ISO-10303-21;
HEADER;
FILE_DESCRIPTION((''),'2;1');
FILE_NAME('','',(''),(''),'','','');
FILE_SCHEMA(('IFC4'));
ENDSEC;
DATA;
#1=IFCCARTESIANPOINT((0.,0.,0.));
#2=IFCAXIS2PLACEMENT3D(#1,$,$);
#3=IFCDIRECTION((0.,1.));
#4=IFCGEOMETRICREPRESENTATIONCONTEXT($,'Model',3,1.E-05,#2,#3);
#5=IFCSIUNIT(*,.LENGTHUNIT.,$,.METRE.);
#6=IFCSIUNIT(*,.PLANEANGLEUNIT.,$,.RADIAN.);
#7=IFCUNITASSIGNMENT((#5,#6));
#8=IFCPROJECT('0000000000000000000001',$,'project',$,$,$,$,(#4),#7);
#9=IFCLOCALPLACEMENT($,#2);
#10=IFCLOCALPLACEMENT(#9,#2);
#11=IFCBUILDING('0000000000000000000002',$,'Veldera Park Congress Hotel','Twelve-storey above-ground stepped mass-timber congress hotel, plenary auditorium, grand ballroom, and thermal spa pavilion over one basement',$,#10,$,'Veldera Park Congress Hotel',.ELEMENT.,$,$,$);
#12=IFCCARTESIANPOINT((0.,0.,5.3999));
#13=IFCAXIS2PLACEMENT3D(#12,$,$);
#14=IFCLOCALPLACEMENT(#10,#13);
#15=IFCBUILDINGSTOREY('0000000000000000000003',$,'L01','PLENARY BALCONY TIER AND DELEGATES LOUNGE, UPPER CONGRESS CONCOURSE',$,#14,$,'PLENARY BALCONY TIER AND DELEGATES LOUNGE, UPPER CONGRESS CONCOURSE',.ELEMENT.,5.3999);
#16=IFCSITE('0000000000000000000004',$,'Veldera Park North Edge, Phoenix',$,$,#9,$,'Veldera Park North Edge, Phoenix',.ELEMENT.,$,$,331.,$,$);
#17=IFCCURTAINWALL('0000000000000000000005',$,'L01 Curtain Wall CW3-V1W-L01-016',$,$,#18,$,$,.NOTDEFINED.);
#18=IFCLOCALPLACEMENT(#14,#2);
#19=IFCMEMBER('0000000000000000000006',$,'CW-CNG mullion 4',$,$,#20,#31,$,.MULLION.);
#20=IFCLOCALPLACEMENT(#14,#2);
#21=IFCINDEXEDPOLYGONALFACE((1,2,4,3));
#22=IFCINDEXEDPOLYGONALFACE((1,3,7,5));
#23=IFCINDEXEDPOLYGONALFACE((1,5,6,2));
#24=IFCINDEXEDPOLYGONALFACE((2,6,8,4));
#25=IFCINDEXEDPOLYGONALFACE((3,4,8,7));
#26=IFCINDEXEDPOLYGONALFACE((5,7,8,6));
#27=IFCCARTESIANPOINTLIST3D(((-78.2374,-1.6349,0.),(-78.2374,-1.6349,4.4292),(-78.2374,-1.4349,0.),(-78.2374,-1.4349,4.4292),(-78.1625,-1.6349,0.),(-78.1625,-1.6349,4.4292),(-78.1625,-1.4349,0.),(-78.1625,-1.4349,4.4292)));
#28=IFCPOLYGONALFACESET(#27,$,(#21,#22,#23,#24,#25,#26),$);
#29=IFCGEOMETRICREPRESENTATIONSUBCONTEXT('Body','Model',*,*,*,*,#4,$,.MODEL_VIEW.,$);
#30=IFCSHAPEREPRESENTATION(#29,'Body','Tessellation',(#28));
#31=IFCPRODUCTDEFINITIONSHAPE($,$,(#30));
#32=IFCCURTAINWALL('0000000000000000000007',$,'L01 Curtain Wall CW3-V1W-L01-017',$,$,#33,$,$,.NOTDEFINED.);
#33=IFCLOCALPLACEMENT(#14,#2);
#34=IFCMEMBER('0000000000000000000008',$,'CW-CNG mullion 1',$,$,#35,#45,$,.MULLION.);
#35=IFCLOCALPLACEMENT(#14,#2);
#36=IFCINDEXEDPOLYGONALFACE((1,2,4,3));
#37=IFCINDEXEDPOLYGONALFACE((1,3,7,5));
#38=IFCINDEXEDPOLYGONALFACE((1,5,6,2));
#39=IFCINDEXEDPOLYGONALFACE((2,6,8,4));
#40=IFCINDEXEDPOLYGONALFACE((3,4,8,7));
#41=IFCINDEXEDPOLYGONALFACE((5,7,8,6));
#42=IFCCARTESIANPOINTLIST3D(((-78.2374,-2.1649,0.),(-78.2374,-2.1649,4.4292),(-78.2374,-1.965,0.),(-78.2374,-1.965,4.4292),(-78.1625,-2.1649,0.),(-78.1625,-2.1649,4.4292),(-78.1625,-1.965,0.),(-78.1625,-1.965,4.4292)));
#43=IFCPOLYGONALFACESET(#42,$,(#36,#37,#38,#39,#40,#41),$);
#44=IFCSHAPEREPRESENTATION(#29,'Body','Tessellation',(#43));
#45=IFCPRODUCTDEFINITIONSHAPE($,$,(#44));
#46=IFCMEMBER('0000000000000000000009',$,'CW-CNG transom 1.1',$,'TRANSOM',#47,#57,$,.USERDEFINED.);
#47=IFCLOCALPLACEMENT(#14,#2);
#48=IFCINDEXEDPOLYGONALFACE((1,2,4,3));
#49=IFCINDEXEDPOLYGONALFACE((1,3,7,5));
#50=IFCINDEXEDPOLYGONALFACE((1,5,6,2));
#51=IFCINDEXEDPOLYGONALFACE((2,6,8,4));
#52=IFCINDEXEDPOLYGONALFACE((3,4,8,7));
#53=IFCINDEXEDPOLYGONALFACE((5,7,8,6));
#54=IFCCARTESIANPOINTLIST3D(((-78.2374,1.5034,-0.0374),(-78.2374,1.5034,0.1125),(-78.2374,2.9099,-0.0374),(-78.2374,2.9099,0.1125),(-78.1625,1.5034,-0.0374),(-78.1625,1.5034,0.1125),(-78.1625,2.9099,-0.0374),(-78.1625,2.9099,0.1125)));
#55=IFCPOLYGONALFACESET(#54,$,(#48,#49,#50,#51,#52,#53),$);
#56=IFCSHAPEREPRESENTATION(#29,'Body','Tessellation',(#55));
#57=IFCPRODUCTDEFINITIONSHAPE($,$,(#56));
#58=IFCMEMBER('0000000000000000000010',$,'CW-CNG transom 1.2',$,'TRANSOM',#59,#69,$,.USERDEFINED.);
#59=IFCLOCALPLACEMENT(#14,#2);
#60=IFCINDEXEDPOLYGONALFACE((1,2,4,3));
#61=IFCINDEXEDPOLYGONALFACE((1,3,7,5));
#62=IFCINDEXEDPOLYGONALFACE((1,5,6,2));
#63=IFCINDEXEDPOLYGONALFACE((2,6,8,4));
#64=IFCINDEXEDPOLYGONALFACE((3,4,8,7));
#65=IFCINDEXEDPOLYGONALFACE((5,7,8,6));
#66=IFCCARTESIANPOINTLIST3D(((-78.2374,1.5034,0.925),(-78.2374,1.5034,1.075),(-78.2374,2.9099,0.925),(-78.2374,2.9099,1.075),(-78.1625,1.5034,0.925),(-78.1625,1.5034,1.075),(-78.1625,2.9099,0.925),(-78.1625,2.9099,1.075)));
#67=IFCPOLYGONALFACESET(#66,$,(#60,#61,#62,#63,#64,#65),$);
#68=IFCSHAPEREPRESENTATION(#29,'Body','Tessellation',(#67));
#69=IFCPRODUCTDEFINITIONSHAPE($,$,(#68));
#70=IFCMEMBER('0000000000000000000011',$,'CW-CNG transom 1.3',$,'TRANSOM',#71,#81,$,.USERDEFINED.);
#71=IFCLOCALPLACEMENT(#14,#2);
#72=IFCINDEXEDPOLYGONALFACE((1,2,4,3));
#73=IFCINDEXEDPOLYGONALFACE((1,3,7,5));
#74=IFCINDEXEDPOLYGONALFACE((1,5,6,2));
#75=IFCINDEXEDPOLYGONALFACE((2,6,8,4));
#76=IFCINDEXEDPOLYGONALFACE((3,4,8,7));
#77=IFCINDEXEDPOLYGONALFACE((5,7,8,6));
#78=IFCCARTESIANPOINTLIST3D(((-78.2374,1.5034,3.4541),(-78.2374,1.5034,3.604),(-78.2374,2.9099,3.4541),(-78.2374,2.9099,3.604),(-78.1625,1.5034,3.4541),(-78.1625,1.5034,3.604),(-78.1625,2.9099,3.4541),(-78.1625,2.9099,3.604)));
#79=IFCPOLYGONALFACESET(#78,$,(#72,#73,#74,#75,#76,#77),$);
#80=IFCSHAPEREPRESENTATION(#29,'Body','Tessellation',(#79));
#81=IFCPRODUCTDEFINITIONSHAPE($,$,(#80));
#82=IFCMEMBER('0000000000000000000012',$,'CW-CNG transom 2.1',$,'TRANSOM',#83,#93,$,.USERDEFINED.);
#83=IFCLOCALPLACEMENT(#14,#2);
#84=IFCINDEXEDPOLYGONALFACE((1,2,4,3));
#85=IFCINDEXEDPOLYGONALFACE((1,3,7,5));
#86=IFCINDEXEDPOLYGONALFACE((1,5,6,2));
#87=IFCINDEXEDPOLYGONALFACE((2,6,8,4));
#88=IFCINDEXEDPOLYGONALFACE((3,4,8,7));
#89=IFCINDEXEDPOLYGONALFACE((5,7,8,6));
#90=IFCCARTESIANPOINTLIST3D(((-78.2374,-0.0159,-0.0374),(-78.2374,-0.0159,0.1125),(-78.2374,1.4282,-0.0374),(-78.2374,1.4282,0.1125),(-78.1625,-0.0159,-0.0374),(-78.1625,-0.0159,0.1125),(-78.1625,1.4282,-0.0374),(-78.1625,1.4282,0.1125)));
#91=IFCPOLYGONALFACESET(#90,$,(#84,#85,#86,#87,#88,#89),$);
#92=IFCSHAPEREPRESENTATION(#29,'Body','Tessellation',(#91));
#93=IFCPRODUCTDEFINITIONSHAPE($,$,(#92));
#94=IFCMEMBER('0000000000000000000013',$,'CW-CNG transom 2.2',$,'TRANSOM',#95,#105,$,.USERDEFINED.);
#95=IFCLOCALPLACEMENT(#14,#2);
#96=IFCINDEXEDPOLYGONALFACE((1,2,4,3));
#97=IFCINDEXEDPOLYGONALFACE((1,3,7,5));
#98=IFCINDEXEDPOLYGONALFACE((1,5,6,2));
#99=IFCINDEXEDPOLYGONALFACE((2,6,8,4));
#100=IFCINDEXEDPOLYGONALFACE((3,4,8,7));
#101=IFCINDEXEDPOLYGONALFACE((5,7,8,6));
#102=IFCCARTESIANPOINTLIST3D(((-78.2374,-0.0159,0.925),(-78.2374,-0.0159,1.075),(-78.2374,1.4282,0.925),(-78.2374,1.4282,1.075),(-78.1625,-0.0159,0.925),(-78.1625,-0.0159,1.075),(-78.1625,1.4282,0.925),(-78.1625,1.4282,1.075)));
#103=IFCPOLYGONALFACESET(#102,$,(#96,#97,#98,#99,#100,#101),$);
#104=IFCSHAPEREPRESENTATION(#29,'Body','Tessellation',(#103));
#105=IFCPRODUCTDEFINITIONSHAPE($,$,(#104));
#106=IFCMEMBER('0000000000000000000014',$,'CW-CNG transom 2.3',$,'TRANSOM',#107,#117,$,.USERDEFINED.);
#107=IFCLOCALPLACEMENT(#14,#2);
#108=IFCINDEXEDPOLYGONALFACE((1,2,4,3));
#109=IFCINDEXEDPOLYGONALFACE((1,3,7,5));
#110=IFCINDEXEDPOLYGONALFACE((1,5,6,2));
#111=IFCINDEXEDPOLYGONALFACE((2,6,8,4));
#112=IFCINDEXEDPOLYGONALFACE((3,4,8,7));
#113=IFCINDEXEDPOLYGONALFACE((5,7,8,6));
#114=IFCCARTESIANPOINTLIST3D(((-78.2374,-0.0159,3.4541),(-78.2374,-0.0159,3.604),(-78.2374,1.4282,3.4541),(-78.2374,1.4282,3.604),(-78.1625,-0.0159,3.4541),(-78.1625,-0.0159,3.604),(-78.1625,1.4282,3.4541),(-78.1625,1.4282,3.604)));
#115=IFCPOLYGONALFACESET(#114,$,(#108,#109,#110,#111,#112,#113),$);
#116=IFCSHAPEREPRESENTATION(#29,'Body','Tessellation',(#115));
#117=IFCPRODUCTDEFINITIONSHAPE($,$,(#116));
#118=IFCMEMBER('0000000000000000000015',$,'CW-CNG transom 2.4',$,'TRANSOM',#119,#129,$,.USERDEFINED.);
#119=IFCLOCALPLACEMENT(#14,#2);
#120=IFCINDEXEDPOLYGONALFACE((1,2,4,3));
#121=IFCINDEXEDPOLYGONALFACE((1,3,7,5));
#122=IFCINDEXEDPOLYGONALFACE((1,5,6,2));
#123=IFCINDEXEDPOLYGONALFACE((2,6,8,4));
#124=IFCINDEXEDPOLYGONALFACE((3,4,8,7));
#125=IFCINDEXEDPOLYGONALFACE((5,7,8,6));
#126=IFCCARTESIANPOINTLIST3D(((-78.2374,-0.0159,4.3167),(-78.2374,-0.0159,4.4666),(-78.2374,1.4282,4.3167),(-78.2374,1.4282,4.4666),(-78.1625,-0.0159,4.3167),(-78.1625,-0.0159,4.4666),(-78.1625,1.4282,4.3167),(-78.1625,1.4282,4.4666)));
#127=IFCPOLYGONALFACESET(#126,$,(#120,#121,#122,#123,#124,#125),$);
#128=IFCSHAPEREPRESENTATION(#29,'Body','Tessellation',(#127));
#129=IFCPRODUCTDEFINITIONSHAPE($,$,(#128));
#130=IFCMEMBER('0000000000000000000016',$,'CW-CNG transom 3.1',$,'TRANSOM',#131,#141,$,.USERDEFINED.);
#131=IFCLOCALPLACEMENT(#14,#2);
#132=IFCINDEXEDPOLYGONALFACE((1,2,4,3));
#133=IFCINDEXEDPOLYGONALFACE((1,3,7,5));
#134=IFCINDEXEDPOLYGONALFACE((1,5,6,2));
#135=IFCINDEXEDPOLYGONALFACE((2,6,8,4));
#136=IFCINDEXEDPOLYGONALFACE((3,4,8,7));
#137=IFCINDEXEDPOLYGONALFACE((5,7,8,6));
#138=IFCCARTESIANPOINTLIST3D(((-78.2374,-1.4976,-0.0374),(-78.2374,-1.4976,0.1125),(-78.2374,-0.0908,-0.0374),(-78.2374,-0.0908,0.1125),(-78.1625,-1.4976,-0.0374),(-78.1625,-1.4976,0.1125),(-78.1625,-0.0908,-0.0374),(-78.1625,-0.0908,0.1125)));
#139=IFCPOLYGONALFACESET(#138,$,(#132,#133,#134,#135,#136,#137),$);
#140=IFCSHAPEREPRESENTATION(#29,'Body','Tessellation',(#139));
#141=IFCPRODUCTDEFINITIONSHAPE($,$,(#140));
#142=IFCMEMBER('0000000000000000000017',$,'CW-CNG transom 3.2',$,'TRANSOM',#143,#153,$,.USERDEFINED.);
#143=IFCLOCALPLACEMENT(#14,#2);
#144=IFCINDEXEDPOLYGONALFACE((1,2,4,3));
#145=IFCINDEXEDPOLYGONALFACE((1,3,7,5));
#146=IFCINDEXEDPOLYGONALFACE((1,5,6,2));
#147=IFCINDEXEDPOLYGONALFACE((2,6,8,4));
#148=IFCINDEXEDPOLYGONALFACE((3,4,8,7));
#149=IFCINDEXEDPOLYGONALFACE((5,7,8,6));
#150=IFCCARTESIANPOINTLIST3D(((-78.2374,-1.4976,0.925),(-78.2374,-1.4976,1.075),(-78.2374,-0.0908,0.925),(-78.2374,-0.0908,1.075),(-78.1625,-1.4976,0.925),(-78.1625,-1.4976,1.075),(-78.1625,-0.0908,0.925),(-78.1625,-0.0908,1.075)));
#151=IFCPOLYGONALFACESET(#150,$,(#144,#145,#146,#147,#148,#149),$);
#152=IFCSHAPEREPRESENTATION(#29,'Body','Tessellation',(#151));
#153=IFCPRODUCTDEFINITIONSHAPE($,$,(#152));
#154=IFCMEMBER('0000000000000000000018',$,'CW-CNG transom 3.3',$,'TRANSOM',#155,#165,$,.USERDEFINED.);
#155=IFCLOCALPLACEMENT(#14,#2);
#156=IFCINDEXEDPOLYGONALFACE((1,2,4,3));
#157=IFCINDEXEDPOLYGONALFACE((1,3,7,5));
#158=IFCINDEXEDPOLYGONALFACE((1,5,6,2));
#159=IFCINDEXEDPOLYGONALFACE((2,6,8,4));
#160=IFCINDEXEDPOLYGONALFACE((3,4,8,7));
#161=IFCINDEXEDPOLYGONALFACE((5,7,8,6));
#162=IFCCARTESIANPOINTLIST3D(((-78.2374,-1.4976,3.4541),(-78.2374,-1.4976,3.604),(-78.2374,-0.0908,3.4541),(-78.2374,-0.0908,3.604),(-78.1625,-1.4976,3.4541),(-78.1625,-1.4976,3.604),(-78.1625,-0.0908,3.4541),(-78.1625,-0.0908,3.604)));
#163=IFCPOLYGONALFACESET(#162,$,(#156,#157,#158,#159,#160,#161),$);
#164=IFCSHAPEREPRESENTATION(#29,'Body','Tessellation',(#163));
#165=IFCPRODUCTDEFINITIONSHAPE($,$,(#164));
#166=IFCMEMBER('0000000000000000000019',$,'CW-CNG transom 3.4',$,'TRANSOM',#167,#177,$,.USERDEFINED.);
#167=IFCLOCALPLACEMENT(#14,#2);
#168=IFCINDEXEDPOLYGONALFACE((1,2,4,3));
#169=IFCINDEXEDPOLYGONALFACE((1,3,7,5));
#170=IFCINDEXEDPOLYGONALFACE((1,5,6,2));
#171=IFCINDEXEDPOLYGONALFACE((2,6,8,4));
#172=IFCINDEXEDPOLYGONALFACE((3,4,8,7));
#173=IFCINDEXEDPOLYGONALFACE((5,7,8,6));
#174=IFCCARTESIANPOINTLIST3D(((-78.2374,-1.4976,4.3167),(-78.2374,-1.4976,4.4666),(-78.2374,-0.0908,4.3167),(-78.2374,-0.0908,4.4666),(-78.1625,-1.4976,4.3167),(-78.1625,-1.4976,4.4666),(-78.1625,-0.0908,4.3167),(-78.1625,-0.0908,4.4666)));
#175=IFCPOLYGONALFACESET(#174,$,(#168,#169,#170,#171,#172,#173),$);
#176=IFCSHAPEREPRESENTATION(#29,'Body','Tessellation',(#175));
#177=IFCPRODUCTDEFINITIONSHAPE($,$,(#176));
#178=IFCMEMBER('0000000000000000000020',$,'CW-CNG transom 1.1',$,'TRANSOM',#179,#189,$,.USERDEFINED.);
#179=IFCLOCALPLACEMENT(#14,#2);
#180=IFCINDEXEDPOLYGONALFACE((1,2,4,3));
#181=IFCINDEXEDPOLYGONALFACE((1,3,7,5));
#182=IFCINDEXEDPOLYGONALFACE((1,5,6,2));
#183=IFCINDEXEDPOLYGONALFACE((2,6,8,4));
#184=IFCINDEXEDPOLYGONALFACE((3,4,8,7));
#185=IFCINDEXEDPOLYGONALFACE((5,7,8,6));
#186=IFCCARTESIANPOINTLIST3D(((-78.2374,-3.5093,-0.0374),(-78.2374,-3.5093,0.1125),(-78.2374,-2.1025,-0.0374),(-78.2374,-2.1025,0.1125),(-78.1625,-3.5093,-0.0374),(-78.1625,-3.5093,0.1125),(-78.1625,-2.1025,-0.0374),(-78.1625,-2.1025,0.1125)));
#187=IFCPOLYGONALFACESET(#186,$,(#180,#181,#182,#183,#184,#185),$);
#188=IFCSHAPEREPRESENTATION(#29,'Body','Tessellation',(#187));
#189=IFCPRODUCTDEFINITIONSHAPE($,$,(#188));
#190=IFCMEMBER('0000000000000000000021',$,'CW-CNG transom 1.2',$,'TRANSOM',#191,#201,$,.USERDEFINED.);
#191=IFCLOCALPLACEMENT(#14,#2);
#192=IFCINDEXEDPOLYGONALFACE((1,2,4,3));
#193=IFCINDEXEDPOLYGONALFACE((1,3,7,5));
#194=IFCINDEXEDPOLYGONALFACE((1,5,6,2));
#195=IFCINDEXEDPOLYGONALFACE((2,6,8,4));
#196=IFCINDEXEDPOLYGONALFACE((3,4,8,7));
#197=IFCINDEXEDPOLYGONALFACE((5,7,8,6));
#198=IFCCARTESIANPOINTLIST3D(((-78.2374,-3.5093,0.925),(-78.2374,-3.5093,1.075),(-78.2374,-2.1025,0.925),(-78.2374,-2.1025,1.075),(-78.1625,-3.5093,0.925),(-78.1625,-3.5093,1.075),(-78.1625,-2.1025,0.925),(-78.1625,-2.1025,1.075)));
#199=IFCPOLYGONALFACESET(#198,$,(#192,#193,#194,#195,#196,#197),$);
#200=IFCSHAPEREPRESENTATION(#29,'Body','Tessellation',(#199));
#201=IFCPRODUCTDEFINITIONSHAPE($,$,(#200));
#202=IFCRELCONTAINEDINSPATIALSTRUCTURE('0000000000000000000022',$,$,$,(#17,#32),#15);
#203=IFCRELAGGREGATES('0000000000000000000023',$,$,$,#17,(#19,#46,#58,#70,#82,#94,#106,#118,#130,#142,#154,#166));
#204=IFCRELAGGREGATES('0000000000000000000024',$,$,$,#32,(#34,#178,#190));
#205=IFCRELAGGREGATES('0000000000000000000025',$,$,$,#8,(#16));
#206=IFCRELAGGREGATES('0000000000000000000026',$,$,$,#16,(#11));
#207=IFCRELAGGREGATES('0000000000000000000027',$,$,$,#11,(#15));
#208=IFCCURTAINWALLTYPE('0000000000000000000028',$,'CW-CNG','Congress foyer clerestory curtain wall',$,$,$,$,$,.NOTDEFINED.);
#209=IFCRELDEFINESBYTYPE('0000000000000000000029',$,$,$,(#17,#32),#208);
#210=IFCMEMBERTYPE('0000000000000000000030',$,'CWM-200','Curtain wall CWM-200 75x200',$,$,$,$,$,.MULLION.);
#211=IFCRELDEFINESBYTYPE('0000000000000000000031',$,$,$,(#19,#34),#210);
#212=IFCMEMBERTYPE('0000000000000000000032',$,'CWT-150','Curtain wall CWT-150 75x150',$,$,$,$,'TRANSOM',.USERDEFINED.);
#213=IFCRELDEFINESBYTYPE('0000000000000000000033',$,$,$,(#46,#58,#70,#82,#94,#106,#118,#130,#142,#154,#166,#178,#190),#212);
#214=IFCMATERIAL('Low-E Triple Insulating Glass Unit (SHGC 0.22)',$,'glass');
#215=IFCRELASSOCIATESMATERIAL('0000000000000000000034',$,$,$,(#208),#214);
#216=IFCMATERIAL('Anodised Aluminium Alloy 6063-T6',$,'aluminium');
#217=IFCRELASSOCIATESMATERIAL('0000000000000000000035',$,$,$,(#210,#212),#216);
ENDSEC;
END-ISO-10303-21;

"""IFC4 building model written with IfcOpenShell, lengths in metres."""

from ifc_helpers import new_model, si_unit, direction, frame, origin, origin_2d, place, context, subcontext, project, spatial, rectangle, extrude, material, material_profile, profile_set, type_object, element, aggregate, save


model = new_model("IFC4")

# Units and contexts
model_context = context("Model", 3, precision=1e-05, world=origin(), true_north=direction((0.0, 1.0)))
body_context = subcontext(model_context, "Body", "Model", "MODEL_VIEW")
ifc_project = project(units=[si_unit("LENGTHUNIT", "METRE"), si_unit("PLANEANGLEUNIT", "RADIAN")], contexts=[model_context])

# Site, building, storey
site_placement = place(None, origin())
site = spatial("IfcSite", under=ifc_project, at=site_placement, Name="Veldera Park North Edge, Phoenix", LongName="Veldera Park North Edge, Phoenix", CompositionType="ELEMENT", RefElevation=331.0)
building_placement = place(site_placement, origin())
building = spatial("IfcBuilding", under=site, at=building_placement, Name="Veldera Park Congress Hotel", Description="Twelve-storey above-ground stepped mass-timber congress hotel, plenary auditorium, grand ballroom, and thermal spa pavilion over one basement", LongName="Veldera Park Congress Hotel", CompositionType="ELEMENT")
storey_placement = place(building_placement, frame((0.0, 0.0, 5.3999)))
storey = spatial("IfcBuildingStorey", under=building, at=storey_placement, Name="L01", Description="PLENARY BALCONY TIER AND DELEGATES LOUNGE, UPPER CONGRESS CONCOURSE", LongName="PLENARY BALCONY TIER AND DELEGATES LOUNGE, UPPER CONGRESS CONCOURSE", CompositionType="ELEMENT", Elevation=5.3999)

# Curtain wall, member
ifc_material_1 = material(Name="Low-E Triple Insulating Glass Unit (SHGC 0.22)", Category="glass")
curtain_wall_type = type_object("IfcCurtainWallType", Name="CW-CNG", Description="Congress foyer clerestory curtain wall", PredefinedType="NOTDEFINED", material=ifc_material_1)
curtain_wall_1_placement = place(storey_placement, origin())
curtain_wall_1 = element("IfcCurtainWall", 1, at=curtain_wall_1_placement, inside=storey, type_object=curtain_wall_type, Name="L01 Curtain Wall CW3-V1W-L01-016", PredefinedType="NOTDEFINED")
ifc_material_2 = material(Name="Anodised Aluminium Alloy 6063-T6", Category="aluminium")
ifc_material_profile_1 = material_profile(ifc_material_2, rectangle(XDim=0.075, YDim=0.2, at=origin_2d()), Name="ALU 75x200")
ifc_profile_set_1 = profile_set([ifc_material_profile_1], Name="Anodised Aluminium Alloy 6063-T6")
member_type_1 = type_object("IfcMemberType", Name="CWM-200", Description="Curtain wall CWM-200 75x200", PredefinedType="MULLION", material=ifc_profile_set_1)
member_1_placement = place(storey_placement, frame((-78.2, -1.5349, 0.0), z_axis=(0.0, 0.0, 1.0), x_axis=(1.0, 0.0, 0.0)))
member_1 = element("IfcMember", 2, at=member_1_placement, type_object=member_type_1, Name="CW-CNG mullion 4", PredefinedType="MULLION", context=body_context, shape_type="SweptSolid", body=[
    extrude(rectangle(XDim=0.075, YDim=0.2, at=origin_2d()), origin(), (0.0, 0.0, 1.0), 4.4292),
])

# Curtain wall, member
curtain_wall_2_placement = place(storey_placement, origin())
curtain_wall_2 = element("IfcCurtainWall", 3, at=curtain_wall_2_placement, inside=storey, type_object=curtain_wall_type, Name="L01 Curtain Wall CW3-V1W-L01-017", PredefinedType="NOTDEFINED")
member_2_placement = place(storey_placement, frame((-78.2, -2.0649, 0.0), z_axis=(0.0, 0.0, 1.0), x_axis=(1.0, 0.0, 0.0)))
member_2 = element("IfcMember", 4, at=member_2_placement, type_object=member_type_1, Name="CW-CNG mullion 1", PredefinedType="MULLION", context=body_context, shape_type="SweptSolid", body=[
    extrude(rectangle(XDim=0.075, YDim=0.2, at=origin_2d()), origin(), (0.0, 0.0, 1.0), 4.4292),
])

# Members
ifc_material_profile_2 = material_profile(ifc_material_2, rectangle(XDim=0.075, YDim=0.1499, at=origin_2d()), Name="ALU 75x150")
ifc_profile_set_2 = profile_set([ifc_material_profile_2], Name="Anodised Aluminium Alloy 6063-T6")
member_type_2 = type_object("IfcMemberType", Name="CWT-150", Description="Curtain wall CWT-150 75x150", ElementType="TRANSOM", PredefinedType="USERDEFINED", material=ifc_profile_set_2)
member_3_placement = place(storey_placement, frame((-78.2, 2.9099, 0.0376), z_axis=(0.0, -1.0, 0.0), x_axis=(1.0, 0.0, 0.0)))
member_3 = element("IfcMember", 5, at=member_3_placement, type_object=member_type_2, Name="CW-CNG transom 1.1", ObjectType="TRANSOM", PredefinedType="USERDEFINED", context=body_context, shape_type="SweptSolid", body=[
    extrude(rectangle(XDim=0.075, YDim=0.1499, at=origin_2d()), origin(), (0.0, 0.0, 1.0), 1.4065),
])
member_4_placement = place(storey_placement, frame((-78.2, 2.9099, 1.0), z_axis=(0.0, -1.0, 0.0), x_axis=(1.0, 0.0, 0.0)))
member_4 = element("IfcMember", 6, at=member_4_placement, type_object=member_type_2, Name="CW-CNG transom 1.2", ObjectType="TRANSOM", PredefinedType="USERDEFINED", context=body_context, shape_type="SweptSolid", body=[
    extrude(rectangle(XDim=0.075, YDim=0.1499, at=origin_2d()), origin(), (0.0, 0.0, 1.0), 1.4065),
])
member_5_placement = place(storey_placement, frame((-78.2, 2.9099, 3.5291), z_axis=(0.0, -1.0, 0.0), x_axis=(1.0, 0.0, 0.0)))
member_5 = element("IfcMember", 7, at=member_5_placement, type_object=member_type_2, Name="CW-CNG transom 1.3", ObjectType="TRANSOM", PredefinedType="USERDEFINED", context=body_context, shape_type="SweptSolid", body=[
    extrude(rectangle(XDim=0.075, YDim=0.1499, at=origin_2d()), origin(), (0.0, 0.0, 1.0), 1.4065),
])
member_6_placement = place(storey_placement, frame((-78.2, 1.4282, 0.0376), z_axis=(0.0, -1.0, 0.0), x_axis=(1.0, 0.0, 0.0)))
member_6 = element("IfcMember", 8, at=member_6_placement, type_object=member_type_2, Name="CW-CNG transom 2.1", ObjectType="TRANSOM", PredefinedType="USERDEFINED", context=body_context, shape_type="SweptSolid", body=[
    extrude(rectangle(XDim=0.075, YDim=0.1499, at=origin_2d()), origin(), (0.0, 0.0, 1.0), 1.4441),
])
member_7_placement = place(storey_placement, frame((-78.2, 1.4282, 1.0), z_axis=(0.0, -1.0, 0.0), x_axis=(1.0, 0.0, 0.0)))
member_7 = element("IfcMember", 9, at=member_7_placement, type_object=member_type_2, Name="CW-CNG transom 2.2", ObjectType="TRANSOM", PredefinedType="USERDEFINED", context=body_context, shape_type="SweptSolid", body=[
    extrude(rectangle(XDim=0.075, YDim=0.1499, at=origin_2d()), origin(), (0.0, 0.0, 1.0), 1.4441),
])
member_8_placement = place(storey_placement, frame((-78.2, 1.4282, 3.5291), z_axis=(0.0, -1.0, 0.0), x_axis=(1.0, 0.0, 0.0)))
member_8 = element("IfcMember", 10, at=member_8_placement, type_object=member_type_2, Name="CW-CNG transom 2.3", ObjectType="TRANSOM", PredefinedType="USERDEFINED", context=body_context, shape_type="SweptSolid", body=[
    extrude(rectangle(XDim=0.075, YDim=0.1499, at=origin_2d()), origin(), (0.0, 0.0, 1.0), 1.4441),
])
member_9_placement = place(storey_placement, frame((-78.2, 1.4282, 4.3916), z_axis=(0.0, -1.0, 0.0), x_axis=(1.0, 0.0, 0.0)))
member_9 = element("IfcMember", 11, at=member_9_placement, type_object=member_type_2, Name="CW-CNG transom 2.4", ObjectType="TRANSOM", PredefinedType="USERDEFINED", context=body_context, shape_type="SweptSolid", body=[
    extrude(rectangle(XDim=0.075, YDim=0.1499, at=origin_2d()), origin(), (0.0, 0.0, 1.0), 1.4441),
])
member_10_placement = place(storey_placement, frame((-78.2, -0.0908, 0.0376), z_axis=(0.0, -1.0, 0.0), x_axis=(1.0, 0.0, 0.0)))
member_10 = element("IfcMember", 12, at=member_10_placement, type_object=member_type_2, Name="CW-CNG transom 3.1", ObjectType="TRANSOM", PredefinedType="USERDEFINED", context=body_context, shape_type="SweptSolid", body=[
    extrude(rectangle(XDim=0.075, YDim=0.1499, at=origin_2d()), origin(), (0.0, 0.0, 1.0), 1.4067),
])
member_11_placement = place(storey_placement, frame((-78.2, -0.0908, 1.0), z_axis=(0.0, -1.0, 0.0), x_axis=(1.0, 0.0, 0.0)))
member_11 = element("IfcMember", 13, at=member_11_placement, type_object=member_type_2, Name="CW-CNG transom 3.2", ObjectType="TRANSOM", PredefinedType="USERDEFINED", context=body_context, shape_type="SweptSolid", body=[
    extrude(rectangle(XDim=0.075, YDim=0.1499, at=origin_2d()), origin(), (0.0, 0.0, 1.0), 1.4067),
])
member_12_placement = place(storey_placement, frame((-78.2, -0.0908, 3.5291), z_axis=(0.0, -1.0, 0.0), x_axis=(1.0, 0.0, 0.0)))
member_12 = element("IfcMember", 14, at=member_12_placement, type_object=member_type_2, Name="CW-CNG transom 3.3", ObjectType="TRANSOM", PredefinedType="USERDEFINED", context=body_context, shape_type="SweptSolid", body=[
    extrude(rectangle(XDim=0.075, YDim=0.1499, at=origin_2d()), origin(), (0.0, 0.0, 1.0), 1.4067),
])
member_13_placement = place(storey_placement, frame((-78.2, -0.0908, 4.3916), z_axis=(0.0, -1.0, 0.0), x_axis=(1.0, 0.0, 0.0)))
member_13 = element("IfcMember", 15, at=member_13_placement, type_object=member_type_2, Name="CW-CNG transom 3.4", ObjectType="TRANSOM", PredefinedType="USERDEFINED", context=body_context, shape_type="SweptSolid", body=[
    extrude(rectangle(XDim=0.075, YDim=0.1499, at=origin_2d()), origin(), (0.0, 0.0, 1.0), 1.4067),
])
member_14_placement = place(storey_placement, frame((-78.2, -2.1025, 0.0376), z_axis=(0.0, -1.0, 0.0), x_axis=(1.0, 0.0, 0.0)))
member_14 = element("IfcMember", 16, at=member_14_placement, type_object=member_type_2, Name="CW-CNG transom 1.1", ObjectType="TRANSOM", PredefinedType="USERDEFINED", context=body_context, shape_type="SweptSolid", body=[
    extrude(rectangle(XDim=0.075, YDim=0.1499, at=origin_2d()), origin(), (0.0, 0.0, 1.0), 1.4067),
])
member_15_placement = place(storey_placement, frame((-78.2, -2.1025, 1.0), z_axis=(0.0, -1.0, 0.0), x_axis=(1.0, 0.0, 0.0)))
member_15 = element("IfcMember", 17, at=member_15_placement, type_object=member_type_2, Name="CW-CNG transom 1.2", ObjectType="TRANSOM", PredefinedType="USERDEFINED", context=body_context, shape_type="SweptSolid", body=[
    extrude(rectangle(XDim=0.075, YDim=0.1499, at=origin_2d()), origin(), (0.0, 0.0, 1.0), 1.4067),
])

aggregate(curtain_wall_1, [member_1, member_3, member_4, member_5, member_6, member_7, member_8, member_9, member_10, member_11, member_12, member_13])
aggregate(curtain_wall_2, [member_2, member_14, member_15])

save(model, "model.ifc")
